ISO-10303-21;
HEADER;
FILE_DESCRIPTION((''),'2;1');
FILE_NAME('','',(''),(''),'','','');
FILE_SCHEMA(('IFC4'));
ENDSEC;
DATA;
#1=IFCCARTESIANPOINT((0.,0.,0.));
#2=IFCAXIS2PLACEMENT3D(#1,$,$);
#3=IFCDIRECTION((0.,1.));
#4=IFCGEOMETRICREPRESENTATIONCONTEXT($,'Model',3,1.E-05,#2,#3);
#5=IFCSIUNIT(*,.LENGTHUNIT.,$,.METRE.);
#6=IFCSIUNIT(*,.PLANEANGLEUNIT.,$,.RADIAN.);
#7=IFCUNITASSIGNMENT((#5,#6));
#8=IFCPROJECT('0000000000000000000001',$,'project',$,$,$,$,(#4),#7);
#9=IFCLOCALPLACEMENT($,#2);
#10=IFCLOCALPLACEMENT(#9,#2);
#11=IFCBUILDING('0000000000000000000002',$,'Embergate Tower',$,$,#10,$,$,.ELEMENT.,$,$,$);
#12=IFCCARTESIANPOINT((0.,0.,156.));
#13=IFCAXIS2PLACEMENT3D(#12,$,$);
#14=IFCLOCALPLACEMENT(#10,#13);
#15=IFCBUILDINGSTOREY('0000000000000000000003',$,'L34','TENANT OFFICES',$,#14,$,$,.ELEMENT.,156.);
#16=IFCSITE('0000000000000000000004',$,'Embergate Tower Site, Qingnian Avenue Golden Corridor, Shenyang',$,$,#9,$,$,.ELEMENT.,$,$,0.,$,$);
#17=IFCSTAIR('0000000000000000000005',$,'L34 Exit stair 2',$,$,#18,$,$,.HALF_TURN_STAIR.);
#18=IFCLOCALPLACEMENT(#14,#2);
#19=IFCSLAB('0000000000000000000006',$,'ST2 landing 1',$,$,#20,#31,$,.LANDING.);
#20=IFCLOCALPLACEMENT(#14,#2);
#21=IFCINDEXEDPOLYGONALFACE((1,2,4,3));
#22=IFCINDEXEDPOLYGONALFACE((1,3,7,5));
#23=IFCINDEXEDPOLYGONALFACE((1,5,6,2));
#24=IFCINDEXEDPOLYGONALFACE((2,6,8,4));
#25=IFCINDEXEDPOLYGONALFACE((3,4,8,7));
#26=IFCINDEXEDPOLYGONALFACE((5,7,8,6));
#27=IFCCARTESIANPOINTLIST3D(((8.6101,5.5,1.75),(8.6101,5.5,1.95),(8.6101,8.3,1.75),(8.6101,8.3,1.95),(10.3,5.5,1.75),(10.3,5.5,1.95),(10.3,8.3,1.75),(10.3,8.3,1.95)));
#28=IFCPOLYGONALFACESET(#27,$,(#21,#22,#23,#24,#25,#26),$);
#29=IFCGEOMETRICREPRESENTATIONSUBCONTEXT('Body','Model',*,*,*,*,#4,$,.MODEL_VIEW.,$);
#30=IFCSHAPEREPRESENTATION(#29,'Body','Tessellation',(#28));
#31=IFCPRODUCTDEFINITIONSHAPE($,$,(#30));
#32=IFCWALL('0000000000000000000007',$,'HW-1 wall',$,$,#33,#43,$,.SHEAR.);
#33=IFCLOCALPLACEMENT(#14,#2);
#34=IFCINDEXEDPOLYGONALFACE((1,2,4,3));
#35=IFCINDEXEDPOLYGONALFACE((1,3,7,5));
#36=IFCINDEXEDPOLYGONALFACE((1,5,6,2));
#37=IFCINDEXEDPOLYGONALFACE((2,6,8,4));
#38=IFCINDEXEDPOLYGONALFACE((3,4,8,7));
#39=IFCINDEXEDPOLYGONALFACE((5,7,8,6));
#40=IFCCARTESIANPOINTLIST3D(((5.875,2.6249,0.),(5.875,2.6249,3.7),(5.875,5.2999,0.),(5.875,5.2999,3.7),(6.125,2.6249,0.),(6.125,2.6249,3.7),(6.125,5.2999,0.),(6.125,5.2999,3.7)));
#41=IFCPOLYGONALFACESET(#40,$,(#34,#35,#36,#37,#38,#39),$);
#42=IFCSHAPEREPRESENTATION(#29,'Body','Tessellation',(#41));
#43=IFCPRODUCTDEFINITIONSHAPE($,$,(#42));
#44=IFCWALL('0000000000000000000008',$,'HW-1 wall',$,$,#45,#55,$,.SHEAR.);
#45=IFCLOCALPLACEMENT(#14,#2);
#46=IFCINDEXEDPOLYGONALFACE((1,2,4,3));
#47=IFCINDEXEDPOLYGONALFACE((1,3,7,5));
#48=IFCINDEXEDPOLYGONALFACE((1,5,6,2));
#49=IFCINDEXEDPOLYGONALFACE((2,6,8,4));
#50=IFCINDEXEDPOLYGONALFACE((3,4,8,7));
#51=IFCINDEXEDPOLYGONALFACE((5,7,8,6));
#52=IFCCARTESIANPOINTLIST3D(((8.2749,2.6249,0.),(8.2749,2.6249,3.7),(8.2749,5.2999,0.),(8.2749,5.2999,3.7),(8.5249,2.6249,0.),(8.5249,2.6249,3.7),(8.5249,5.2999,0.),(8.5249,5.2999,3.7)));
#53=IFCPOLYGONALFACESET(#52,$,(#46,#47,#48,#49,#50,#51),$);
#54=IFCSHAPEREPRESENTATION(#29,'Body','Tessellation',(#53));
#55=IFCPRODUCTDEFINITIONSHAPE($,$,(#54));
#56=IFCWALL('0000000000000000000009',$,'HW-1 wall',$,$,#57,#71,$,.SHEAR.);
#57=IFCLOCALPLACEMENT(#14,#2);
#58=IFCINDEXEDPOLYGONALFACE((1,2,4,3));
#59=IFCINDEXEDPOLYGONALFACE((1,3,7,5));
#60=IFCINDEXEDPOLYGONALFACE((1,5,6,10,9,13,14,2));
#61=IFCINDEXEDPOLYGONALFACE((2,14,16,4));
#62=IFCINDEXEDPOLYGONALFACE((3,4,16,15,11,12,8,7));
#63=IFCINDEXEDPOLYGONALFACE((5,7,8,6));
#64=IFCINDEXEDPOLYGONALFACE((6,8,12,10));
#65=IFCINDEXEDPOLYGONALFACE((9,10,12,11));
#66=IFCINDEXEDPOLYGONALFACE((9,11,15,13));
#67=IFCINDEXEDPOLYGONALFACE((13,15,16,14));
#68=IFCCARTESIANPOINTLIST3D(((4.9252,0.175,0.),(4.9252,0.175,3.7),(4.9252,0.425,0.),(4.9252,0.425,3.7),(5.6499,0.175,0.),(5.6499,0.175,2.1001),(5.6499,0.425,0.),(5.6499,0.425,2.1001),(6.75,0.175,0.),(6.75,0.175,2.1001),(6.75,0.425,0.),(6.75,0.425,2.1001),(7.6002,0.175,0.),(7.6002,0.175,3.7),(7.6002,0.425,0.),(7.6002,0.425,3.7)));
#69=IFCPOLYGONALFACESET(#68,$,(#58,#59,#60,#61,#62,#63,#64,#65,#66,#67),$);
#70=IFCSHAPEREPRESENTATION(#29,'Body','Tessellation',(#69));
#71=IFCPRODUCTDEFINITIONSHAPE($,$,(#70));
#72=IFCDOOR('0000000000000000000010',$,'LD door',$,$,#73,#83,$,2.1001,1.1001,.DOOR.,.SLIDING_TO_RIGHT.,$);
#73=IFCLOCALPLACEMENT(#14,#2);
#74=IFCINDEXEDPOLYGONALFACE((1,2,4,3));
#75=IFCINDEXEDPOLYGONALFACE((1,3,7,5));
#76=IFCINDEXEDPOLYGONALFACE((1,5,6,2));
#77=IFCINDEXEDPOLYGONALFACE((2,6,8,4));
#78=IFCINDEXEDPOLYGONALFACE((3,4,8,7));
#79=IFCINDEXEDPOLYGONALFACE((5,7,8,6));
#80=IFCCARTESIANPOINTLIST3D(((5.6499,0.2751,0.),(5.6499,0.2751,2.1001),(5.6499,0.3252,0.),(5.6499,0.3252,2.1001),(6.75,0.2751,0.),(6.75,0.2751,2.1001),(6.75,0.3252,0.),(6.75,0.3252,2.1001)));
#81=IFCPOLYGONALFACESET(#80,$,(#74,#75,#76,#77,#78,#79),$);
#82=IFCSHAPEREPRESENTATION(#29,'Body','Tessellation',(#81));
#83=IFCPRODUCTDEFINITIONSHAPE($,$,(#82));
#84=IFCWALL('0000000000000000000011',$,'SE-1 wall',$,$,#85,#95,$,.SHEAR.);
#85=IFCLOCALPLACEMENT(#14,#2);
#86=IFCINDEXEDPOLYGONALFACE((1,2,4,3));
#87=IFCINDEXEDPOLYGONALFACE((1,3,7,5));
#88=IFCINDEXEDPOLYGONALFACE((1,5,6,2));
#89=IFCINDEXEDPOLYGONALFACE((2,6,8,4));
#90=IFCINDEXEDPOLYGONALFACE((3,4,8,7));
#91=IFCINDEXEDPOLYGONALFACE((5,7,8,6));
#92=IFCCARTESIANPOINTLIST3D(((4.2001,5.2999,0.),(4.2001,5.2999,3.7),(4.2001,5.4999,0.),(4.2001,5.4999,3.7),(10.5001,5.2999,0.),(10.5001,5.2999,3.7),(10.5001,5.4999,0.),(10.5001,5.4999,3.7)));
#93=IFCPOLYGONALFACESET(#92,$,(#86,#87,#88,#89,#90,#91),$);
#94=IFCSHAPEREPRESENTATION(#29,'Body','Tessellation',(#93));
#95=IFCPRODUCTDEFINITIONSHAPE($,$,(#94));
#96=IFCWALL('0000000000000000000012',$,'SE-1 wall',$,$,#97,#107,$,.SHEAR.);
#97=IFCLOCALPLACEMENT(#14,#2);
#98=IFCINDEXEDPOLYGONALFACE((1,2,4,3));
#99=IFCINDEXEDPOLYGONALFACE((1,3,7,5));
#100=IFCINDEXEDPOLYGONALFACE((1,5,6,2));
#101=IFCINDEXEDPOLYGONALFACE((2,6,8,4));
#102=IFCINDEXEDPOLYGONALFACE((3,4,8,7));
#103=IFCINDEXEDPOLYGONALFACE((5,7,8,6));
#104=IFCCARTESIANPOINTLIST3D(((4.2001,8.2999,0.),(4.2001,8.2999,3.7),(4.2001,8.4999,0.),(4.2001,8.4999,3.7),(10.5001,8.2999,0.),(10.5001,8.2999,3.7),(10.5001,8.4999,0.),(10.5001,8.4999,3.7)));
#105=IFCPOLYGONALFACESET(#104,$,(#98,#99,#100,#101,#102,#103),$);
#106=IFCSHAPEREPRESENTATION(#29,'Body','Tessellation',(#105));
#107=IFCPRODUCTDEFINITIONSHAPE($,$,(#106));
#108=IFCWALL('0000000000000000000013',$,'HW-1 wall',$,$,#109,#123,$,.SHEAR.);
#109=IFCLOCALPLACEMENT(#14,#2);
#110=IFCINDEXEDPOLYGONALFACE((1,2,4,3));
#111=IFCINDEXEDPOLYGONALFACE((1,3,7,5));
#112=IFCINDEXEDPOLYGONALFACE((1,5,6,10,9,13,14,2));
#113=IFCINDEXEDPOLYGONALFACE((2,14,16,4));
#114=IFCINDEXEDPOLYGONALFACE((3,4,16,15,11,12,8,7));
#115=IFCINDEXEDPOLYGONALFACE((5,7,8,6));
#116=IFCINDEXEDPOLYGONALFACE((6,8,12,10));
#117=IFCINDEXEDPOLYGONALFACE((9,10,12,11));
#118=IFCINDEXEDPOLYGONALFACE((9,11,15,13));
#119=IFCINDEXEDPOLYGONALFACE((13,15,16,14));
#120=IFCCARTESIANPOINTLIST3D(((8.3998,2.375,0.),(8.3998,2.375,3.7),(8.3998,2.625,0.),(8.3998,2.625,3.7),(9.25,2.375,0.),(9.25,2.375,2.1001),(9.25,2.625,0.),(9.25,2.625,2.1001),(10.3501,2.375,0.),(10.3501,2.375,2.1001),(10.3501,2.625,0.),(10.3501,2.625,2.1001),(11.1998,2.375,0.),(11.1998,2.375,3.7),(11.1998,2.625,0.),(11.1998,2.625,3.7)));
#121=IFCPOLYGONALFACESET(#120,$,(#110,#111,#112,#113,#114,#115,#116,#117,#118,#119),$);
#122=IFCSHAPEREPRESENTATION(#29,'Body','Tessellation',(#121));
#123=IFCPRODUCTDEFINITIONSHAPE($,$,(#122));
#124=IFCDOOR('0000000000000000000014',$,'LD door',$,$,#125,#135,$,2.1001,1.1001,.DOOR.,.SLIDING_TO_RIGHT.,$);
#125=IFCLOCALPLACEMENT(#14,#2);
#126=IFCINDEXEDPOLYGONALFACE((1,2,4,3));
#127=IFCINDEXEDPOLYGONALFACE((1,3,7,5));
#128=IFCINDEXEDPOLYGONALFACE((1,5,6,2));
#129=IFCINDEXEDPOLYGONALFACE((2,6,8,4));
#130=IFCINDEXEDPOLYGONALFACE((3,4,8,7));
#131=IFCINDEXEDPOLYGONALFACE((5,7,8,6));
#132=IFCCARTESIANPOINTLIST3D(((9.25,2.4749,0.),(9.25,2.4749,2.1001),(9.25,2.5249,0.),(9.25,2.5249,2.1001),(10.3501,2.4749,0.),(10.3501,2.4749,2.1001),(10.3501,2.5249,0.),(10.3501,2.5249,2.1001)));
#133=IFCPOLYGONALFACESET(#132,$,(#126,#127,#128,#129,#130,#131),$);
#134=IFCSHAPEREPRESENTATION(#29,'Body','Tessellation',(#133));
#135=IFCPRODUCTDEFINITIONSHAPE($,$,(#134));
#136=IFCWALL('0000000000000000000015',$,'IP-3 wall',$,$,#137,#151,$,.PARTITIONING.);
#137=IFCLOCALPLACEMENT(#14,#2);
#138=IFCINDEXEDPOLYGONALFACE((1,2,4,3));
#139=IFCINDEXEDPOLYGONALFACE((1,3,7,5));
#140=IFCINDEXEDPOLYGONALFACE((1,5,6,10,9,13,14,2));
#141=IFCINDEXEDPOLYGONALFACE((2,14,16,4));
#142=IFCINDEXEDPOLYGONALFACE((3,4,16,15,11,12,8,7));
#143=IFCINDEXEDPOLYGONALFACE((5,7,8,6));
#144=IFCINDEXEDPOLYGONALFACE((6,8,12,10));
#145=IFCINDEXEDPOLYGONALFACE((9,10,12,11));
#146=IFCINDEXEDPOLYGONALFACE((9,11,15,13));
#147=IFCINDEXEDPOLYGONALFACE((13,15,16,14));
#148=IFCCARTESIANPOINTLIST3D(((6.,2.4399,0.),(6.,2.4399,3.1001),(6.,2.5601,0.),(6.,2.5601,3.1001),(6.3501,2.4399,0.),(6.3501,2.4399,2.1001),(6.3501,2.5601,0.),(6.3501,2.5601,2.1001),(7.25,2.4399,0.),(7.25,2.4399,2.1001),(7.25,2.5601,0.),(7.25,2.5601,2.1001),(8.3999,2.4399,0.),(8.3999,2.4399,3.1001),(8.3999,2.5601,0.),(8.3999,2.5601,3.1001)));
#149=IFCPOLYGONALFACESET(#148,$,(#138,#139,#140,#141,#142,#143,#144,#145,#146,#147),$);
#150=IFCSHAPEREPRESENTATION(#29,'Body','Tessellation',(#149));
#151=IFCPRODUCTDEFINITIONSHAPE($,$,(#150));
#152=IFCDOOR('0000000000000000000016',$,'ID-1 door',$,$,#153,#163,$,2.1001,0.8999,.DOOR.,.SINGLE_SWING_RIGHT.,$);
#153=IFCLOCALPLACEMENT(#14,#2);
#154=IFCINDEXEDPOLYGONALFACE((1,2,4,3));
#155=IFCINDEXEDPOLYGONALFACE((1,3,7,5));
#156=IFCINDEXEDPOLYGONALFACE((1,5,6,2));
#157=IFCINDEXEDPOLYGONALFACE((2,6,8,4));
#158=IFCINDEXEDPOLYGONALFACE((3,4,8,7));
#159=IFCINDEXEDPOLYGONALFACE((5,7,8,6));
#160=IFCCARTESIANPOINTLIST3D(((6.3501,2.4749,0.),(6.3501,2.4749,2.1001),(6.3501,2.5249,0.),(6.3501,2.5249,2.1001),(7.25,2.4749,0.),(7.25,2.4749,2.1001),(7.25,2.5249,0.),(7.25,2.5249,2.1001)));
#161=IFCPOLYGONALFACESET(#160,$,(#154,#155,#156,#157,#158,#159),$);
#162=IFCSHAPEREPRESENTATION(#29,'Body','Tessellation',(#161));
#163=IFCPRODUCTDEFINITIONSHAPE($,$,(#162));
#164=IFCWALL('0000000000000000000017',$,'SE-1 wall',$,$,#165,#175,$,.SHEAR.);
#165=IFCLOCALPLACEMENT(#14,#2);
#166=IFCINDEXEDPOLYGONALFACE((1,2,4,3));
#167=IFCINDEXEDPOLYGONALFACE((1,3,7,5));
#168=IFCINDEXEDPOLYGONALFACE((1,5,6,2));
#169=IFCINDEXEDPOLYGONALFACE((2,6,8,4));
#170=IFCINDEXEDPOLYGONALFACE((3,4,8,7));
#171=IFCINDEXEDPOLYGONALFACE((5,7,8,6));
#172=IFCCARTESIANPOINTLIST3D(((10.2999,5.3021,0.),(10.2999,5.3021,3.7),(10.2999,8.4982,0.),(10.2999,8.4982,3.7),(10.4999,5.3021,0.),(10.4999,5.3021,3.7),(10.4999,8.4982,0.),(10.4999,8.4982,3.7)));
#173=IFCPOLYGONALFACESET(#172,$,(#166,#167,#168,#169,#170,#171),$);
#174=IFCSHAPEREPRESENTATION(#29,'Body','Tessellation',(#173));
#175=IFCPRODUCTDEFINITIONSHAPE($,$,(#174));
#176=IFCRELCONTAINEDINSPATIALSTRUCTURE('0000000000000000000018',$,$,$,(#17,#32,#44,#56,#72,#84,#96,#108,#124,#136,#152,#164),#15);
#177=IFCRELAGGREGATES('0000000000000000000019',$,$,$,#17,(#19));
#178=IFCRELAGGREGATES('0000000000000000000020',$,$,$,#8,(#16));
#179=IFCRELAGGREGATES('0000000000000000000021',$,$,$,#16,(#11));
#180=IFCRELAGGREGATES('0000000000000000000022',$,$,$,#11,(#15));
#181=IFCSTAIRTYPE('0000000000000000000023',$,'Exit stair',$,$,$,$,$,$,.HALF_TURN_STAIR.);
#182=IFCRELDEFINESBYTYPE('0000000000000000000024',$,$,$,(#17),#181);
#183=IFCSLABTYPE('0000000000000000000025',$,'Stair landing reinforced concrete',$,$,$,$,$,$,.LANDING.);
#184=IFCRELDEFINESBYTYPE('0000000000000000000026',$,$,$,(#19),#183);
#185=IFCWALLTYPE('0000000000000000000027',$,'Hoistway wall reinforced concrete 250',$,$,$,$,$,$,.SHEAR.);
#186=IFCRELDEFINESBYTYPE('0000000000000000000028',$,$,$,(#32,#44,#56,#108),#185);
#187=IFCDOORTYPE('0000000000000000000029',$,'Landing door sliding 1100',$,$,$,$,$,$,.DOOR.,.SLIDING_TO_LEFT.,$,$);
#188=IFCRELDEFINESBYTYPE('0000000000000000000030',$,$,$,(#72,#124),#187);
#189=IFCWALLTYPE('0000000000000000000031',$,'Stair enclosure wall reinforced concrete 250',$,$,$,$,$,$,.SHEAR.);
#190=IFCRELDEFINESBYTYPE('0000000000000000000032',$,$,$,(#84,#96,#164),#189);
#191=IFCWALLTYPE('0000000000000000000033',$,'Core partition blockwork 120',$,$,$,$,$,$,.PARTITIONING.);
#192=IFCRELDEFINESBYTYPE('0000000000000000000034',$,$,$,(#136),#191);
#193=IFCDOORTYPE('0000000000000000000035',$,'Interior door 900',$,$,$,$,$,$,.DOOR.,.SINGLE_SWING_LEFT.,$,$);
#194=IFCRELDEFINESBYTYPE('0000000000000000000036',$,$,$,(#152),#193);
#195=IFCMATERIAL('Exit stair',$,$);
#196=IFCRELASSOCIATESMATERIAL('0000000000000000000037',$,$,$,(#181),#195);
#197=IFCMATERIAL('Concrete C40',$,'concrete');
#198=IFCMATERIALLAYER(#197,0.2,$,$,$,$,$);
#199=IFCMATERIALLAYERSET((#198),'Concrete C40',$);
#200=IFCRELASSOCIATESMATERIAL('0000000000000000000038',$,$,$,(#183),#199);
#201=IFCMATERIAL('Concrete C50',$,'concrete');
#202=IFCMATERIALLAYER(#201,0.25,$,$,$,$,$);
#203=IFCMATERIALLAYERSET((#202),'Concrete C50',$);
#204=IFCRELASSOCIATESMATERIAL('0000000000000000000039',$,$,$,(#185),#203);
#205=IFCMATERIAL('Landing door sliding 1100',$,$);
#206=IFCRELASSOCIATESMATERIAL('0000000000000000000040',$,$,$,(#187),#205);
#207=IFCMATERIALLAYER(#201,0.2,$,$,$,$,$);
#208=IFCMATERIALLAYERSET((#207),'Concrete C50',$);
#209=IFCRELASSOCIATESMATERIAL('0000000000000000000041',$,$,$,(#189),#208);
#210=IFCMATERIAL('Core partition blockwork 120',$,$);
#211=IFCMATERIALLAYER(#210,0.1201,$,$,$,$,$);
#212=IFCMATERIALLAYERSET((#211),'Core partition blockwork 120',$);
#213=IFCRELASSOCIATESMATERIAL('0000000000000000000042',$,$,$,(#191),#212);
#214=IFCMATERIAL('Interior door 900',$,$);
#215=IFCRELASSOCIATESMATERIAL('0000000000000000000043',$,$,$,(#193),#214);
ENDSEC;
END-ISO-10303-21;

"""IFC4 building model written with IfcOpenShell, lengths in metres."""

from ifc_helpers import new_model, si_unit, direction, frame, frame_2d, origin, place, context, subcontext, project, spatial, polyline, rectangle, outline, extrude, source, transform, mapped, material, layer, layer_set, type_object, element, fill, aggregate, save


model = new_model("IFC4")

# Units and contexts
model_context = context("Model", 3, precision=1e-05, world=origin(), true_north=direction((0.0, 1.0)))
body_context = subcontext(model_context, "Body", "Model", "MODEL_VIEW")
ifc_project = project(units=[si_unit("LENGTHUNIT", "METRE"), si_unit("PLANEANGLEUNIT", "RADIAN")], contexts=[model_context])

# Site, building, storey
site_placement = place(None, origin())
site = spatial("IfcSite", under=ifc_project, at=site_placement, Name="Embergate Tower Site, Qingnian Avenue Golden Corridor, Shenyang", CompositionType="ELEMENT", RefElevation=0.0)
building_placement = place(site_placement, origin())
building = spatial("IfcBuilding", under=site, at=building_placement, Name="Embergate Tower", CompositionType="ELEMENT")
storey_placement = place(building_placement, frame((0.0, 0.0, 156.0)))
storey = spatial("IfcBuildingStorey", under=building, at=storey_placement, Name="L34", Description="TENANT OFFICES", CompositionType="ELEMENT", Elevation=156.0)

# Stair, slab
ifc_material_1 = material(Name="Exit stair")
stair_type = type_object("IfcStairType", Name="Exit stair", PredefinedType="HALF_TURN_STAIR", material=ifc_material_1)
stair_placement = place(storey_placement, origin())
stair = element("IfcStair", 1, at=stair_placement, inside=storey, type_object=stair_type, Name="L34 Exit stair 2", PredefinedType="HALF_TURN_STAIR")
ifc_material_2 = material(Name="Concrete C40", Category="concrete")
ifc_layer_1 = layer(ifc_material_2, 0.2)
ifc_layer_set_1 = layer_set([ifc_layer_1], Name="Concrete C40")
slab_type = type_object("IfcSlabType", Name="Stair landing reinforced concrete", PredefinedType="LANDING", material=ifc_layer_set_1)
shared_shape_1 = source(origin(), body_context, "Body", "SweptSolid", [
    extrude(outline(polyline([(0.0, 0.0), (1.6899, 0.0), (1.6899, 2.8), (0.0, 2.8), (0.0, 0.0)])), origin(), (0.0, 0.0, 1.0), 0.2),
])
slab_placement = place(storey_placement, frame((8.6101, 5.5, 1.75)))
slab = element("IfcSlab", 2, at=slab_placement, type_object=slab_type, Name="ST2 landing 1", PredefinedType="LANDING", context=body_context, shape_type="MappedRepresentation", body=[
    mapped(shared_shape_1, transform((0.0, 0.0, 0.0))),
])

# Walls
ifc_material_3 = material(Name="Concrete C50", Category="concrete")
ifc_layer_2 = layer(ifc_material_3, 0.25)
ifc_layer_set_2 = layer_set([ifc_layer_2], Name="Concrete C50")
wall_type_1 = type_object("IfcWallType", Name="Hoistway wall reinforced concrete 250", PredefinedType="SHEAR", material=ifc_layer_set_2)
shared_shape_2 = source(origin(), body_context, "Body", "SweptSolid", [
    extrude(rectangle(XDim=2.675, YDim=0.25, at=frame_2d((1.3374, 0.0))), origin(), (0.0, 0.0, 1.0), 3.7),
])
for number, where, z_axis, x_axis, name in (
    (3, (6.0, 2.625, 0.0), (0.0, 0.0, 1.0), (0.0, 1.0, 0.0), "HW-1 wall"),
    (4, (8.3999, 2.625, 0.0), (0.0, 0.0, 1.0), (0.0, 1.0, 0.0), "HW-1 wall"),
):
    element("IfcWall", number, at=place(storey_placement, frame(where, z_axis=z_axis, x_axis=x_axis)), inside=storey, type_object=wall_type_1, Name=name, PredefinedType="SHEAR", context=body_context, shape_type="MappedRepresentation", body=[
        mapped(shared_shape_2, transform((0.0, 0.0, 0.0))),
    ])

# Wall, opening, door
wall_1_placement = place(storey_placement, frame((7.6001, 0.3, 0.0), z_axis=(0.0, 0.0, 1.0), x_axis=(-1.0, 0.0, 0.0)))
wall_1 = element("IfcWall", 5, at=wall_1_placement, inside=storey, type_object=wall_type_1, Name="HW-1 wall", PredefinedType="SHEAR", context=body_context, shape_type="MappedRepresentation", body=[
    mapped(shared_shape_2, transform((0.0, 0.0, 0.0))),
])
shared_shape_3 = source(origin(), body_context, "Body", "SweptSolid", [
    extrude(rectangle(XDim=1.1001, YDim=2.1001, at=frame_2d((0.55, 1.05))), frame((0.0, 0.135, 0.0), z_axis=(0.0, -1.0, 0.0), x_axis=(1.0, 0.0, 0.0)), (0.0, 0.0, 1.0), 0.27),
])
opening_1_placement = place(wall_1_placement, frame((0.8501, 0.0, 0.0)))
opening_1 = element("IfcOpeningElement", 6, at=opening_1_placement, cuts=wall_1, PredefinedType="OPENING", context=body_context, shape_type="MappedRepresentation", body=[
    mapped(shared_shape_3, transform((0.0, 0.0, 0.0))),
])
ifc_material_4 = material(Name="Landing door sliding 1100")
door_type_1 = type_object("IfcDoorType", Name="Landing door sliding 1100", OperationType="SLIDING_TO_LEFT", PredefinedType="DOOR", material=ifc_material_4)
shared_shape_4 = source(origin(), body_context, "Body", "SweptSolid", [
    extrude(rectangle(XDim=1.1001, YDim=2.1001, at=frame_2d((0.55, 1.05))), frame((0.0, 0.0249, 0.0), z_axis=(0.0, -1.0, 0.0), x_axis=(1.0, 0.0, 0.0)), (0.0, 0.0, 1.0), 0.05),
])
door_1_placement = place(opening_1_placement, origin())
door_1 = element("IfcDoor", 7, at=door_1_placement, inside=storey, type_object=door_type_1, Name="LD door", OperationType="SLIDING_TO_RIGHT", OverallHeight=2.1001, OverallWidth=1.1001, PredefinedType="DOOR", context=body_context, shape_type="MappedRepresentation", body=[
    mapped(shared_shape_4, transform((0.0, 0.0, 0.0))),
])
fill(opening_1, door_1)

# Walls
ifc_layer_3 = layer(ifc_material_3, 0.2)
ifc_layer_set_3 = layer_set([ifc_layer_3], Name="Concrete C50")
wall_type_2 = type_object("IfcWallType", Name="Stair enclosure wall reinforced concrete 250", PredefinedType="SHEAR", material=ifc_layer_set_3)
shared_shape_5 = source(origin(), body_context, "Body", "SweptSolid", [
    extrude(rectangle(XDim=6.3, YDim=0.2, at=frame_2d((3.1499, 0.0))), origin(), (0.0, 0.0, 1.0), 3.7),
])
for number, where, z_axis, x_axis, name in (
    (8, (10.5, 5.3999, 0.0), (0.0, 0.0, 1.0), (-1.0, 0.0, 0.0), "SE-1 wall"),
    (9, (10.5, 8.3999, 0.0), (0.0, 0.0, 1.0), (-1.0, 0.0, 0.0), "SE-1 wall"),
):
    element("IfcWall", number, at=place(storey_placement, frame(where, z_axis=z_axis, x_axis=x_axis)), inside=storey, type_object=wall_type_2, Name=name, PredefinedType="SHEAR", context=body_context, shape_type="MappedRepresentation", body=[
        mapped(shared_shape_5, transform((0.0, 0.0, 0.0))),
    ])

# Walls, openings, doors
shared_shape_6 = source(origin(), body_context, "Body", "SweptSolid", [
    extrude(rectangle(XDim=2.8, YDim=0.25, at=frame_2d((1.3999, 0.0))), origin(), (0.0, 0.0, 1.0), 3.7),
])
wall_2_placement = place(storey_placement, frame((8.3999, 2.5, 0.0), z_axis=(0.0, 0.0, 1.0), x_axis=(1.0, 0.0, 0.0)))
wall_2 = element("IfcWall", 10, at=wall_2_placement, inside=storey, type_object=wall_type_1, Name="HW-1 wall", PredefinedType="SHEAR", context=body_context, shape_type="MappedRepresentation", body=[
    mapped(shared_shape_6, transform((0.0, 0.0, 0.0))),
])
opening_2_placement = place(wall_2_placement, frame((0.8501, 0.0, 0.0)))
opening_2 = element("IfcOpeningElement", 11, at=opening_2_placement, cuts=wall_2, PredefinedType="OPENING", context=body_context, shape_type="MappedRepresentation", body=[
    mapped(shared_shape_3, transform((0.0, 0.0, 0.0))),
])
door_2_placement = place(opening_2_placement, origin())
door_2 = element("IfcDoor", 12, at=door_2_placement, inside=storey, type_object=door_type_1, Name="LD door", OperationType="SLIDING_TO_RIGHT", OverallHeight=2.1001, OverallWidth=1.1001, PredefinedType="DOOR", context=body_context, shape_type="MappedRepresentation", body=[
    mapped(shared_shape_4, transform((0.0, 0.0, 0.0))),
])
fill(opening_2, door_2)
ifc_material_5 = material(Name="Core partition blockwork 120")
ifc_layer_4 = layer(ifc_material_5, 0.1201)
ifc_layer_set_4 = layer_set([ifc_layer_4], Name="Core partition blockwork 120")
wall_type_3 = type_object("IfcWallType", Name="Core partition blockwork 120", PredefinedType="PARTITIONING", material=ifc_layer_set_4)
shared_shape_7 = source(origin(), body_context, "Body", "SweptSolid", [
    extrude(rectangle(XDim=2.3999, YDim=0.1201, at=frame_2d((1.2, 0.0))), origin(), (0.0, 0.0, 1.0), 3.1001),
])
wall_3_placement = place(storey_placement, frame((6.0, 2.5, 0.0), z_axis=(0.0, 0.0, 1.0), x_axis=(1.0, 0.0, 0.0)))
wall_3 = element("IfcWall", 13, at=wall_3_placement, inside=storey, type_object=wall_type_3, Name="IP-3 wall", PredefinedType="PARTITIONING", context=body_context, shape_type="MappedRepresentation", body=[
    mapped(shared_shape_7, transform((0.0, 0.0, 0.0))),
])
shared_shape_8 = source(origin(), body_context, "Body", "SweptSolid", [
    extrude(rectangle(XDim=0.8999, YDim=2.1001, at=frame_2d((0.45, 1.05))), frame((0.0, 0.0701, 0.0), z_axis=(0.0, -1.0, 0.0), x_axis=(1.0, 0.0, 0.0)), (0.0, 0.0, 1.0), 0.1401),
])
opening_3_placement = place(wall_3_placement, frame((0.3501, 0.0, 0.0)))
opening_3 = element("IfcOpeningElement", 14, at=opening_3_placement, cuts=wall_3, PredefinedType="OPENING", context=body_context, shape_type="MappedRepresentation", body=[
    mapped(shared_shape_8, transform((0.0, 0.0, 0.0))),
])
ifc_material_6 = material(Name="Interior door 900")
door_type_2 = type_object("IfcDoorType", Name="Interior door 900", OperationType="SINGLE_SWING_LEFT", PredefinedType="DOOR", material=ifc_material_6)
shared_shape_9 = source(origin(), body_context, "Body", "SweptSolid", [
    extrude(rectangle(XDim=0.8999, YDim=2.1001, at=frame_2d((0.45, 1.05))), frame((0.0, 0.0249, 0.0), z_axis=(0.0, -1.0, 0.0), x_axis=(1.0, 0.0, 0.0)), (0.0, 0.0, 1.0), 0.05),
])
door_3_placement = place(opening_3_placement, origin())
door_3 = element("IfcDoor", 15, at=door_3_placement, inside=storey, type_object=door_type_2, Name="ID-1 door", OperationType="SINGLE_SWING_RIGHT", OverallHeight=2.1001, OverallWidth=0.8999, PredefinedType="DOOR", context=body_context, shape_type="MappedRepresentation", body=[
    mapped(shared_shape_9, transform((0.0, 0.0, 0.0))),
])
fill(opening_3, door_3)

# Wall
shared_shape_10 = source(origin(), body_context, "Body", "SweptSolid", [
    extrude(rectangle(XDim=3.196, YDim=0.2, at=frame_2d((1.5981, 0.0))), origin(), (0.0, 0.0, 1.0), 3.7),
])
wall_4_placement = place(storey_placement, frame((10.3999, 5.302, 0.0), z_axis=(0.0, 0.0, 1.0), x_axis=(0.0, 1.0, 0.0)))
element("IfcWall", 16, at=wall_4_placement, inside=storey, type_object=wall_type_2, Name="SE-1 wall", PredefinedType="SHEAR", context=body_context, shape_type="MappedRepresentation", body=[
    mapped(shared_shape_10, transform((0.0, 0.0, 0.0))),
])

aggregate(stair, [slab])

save(model, "model.ifc")
